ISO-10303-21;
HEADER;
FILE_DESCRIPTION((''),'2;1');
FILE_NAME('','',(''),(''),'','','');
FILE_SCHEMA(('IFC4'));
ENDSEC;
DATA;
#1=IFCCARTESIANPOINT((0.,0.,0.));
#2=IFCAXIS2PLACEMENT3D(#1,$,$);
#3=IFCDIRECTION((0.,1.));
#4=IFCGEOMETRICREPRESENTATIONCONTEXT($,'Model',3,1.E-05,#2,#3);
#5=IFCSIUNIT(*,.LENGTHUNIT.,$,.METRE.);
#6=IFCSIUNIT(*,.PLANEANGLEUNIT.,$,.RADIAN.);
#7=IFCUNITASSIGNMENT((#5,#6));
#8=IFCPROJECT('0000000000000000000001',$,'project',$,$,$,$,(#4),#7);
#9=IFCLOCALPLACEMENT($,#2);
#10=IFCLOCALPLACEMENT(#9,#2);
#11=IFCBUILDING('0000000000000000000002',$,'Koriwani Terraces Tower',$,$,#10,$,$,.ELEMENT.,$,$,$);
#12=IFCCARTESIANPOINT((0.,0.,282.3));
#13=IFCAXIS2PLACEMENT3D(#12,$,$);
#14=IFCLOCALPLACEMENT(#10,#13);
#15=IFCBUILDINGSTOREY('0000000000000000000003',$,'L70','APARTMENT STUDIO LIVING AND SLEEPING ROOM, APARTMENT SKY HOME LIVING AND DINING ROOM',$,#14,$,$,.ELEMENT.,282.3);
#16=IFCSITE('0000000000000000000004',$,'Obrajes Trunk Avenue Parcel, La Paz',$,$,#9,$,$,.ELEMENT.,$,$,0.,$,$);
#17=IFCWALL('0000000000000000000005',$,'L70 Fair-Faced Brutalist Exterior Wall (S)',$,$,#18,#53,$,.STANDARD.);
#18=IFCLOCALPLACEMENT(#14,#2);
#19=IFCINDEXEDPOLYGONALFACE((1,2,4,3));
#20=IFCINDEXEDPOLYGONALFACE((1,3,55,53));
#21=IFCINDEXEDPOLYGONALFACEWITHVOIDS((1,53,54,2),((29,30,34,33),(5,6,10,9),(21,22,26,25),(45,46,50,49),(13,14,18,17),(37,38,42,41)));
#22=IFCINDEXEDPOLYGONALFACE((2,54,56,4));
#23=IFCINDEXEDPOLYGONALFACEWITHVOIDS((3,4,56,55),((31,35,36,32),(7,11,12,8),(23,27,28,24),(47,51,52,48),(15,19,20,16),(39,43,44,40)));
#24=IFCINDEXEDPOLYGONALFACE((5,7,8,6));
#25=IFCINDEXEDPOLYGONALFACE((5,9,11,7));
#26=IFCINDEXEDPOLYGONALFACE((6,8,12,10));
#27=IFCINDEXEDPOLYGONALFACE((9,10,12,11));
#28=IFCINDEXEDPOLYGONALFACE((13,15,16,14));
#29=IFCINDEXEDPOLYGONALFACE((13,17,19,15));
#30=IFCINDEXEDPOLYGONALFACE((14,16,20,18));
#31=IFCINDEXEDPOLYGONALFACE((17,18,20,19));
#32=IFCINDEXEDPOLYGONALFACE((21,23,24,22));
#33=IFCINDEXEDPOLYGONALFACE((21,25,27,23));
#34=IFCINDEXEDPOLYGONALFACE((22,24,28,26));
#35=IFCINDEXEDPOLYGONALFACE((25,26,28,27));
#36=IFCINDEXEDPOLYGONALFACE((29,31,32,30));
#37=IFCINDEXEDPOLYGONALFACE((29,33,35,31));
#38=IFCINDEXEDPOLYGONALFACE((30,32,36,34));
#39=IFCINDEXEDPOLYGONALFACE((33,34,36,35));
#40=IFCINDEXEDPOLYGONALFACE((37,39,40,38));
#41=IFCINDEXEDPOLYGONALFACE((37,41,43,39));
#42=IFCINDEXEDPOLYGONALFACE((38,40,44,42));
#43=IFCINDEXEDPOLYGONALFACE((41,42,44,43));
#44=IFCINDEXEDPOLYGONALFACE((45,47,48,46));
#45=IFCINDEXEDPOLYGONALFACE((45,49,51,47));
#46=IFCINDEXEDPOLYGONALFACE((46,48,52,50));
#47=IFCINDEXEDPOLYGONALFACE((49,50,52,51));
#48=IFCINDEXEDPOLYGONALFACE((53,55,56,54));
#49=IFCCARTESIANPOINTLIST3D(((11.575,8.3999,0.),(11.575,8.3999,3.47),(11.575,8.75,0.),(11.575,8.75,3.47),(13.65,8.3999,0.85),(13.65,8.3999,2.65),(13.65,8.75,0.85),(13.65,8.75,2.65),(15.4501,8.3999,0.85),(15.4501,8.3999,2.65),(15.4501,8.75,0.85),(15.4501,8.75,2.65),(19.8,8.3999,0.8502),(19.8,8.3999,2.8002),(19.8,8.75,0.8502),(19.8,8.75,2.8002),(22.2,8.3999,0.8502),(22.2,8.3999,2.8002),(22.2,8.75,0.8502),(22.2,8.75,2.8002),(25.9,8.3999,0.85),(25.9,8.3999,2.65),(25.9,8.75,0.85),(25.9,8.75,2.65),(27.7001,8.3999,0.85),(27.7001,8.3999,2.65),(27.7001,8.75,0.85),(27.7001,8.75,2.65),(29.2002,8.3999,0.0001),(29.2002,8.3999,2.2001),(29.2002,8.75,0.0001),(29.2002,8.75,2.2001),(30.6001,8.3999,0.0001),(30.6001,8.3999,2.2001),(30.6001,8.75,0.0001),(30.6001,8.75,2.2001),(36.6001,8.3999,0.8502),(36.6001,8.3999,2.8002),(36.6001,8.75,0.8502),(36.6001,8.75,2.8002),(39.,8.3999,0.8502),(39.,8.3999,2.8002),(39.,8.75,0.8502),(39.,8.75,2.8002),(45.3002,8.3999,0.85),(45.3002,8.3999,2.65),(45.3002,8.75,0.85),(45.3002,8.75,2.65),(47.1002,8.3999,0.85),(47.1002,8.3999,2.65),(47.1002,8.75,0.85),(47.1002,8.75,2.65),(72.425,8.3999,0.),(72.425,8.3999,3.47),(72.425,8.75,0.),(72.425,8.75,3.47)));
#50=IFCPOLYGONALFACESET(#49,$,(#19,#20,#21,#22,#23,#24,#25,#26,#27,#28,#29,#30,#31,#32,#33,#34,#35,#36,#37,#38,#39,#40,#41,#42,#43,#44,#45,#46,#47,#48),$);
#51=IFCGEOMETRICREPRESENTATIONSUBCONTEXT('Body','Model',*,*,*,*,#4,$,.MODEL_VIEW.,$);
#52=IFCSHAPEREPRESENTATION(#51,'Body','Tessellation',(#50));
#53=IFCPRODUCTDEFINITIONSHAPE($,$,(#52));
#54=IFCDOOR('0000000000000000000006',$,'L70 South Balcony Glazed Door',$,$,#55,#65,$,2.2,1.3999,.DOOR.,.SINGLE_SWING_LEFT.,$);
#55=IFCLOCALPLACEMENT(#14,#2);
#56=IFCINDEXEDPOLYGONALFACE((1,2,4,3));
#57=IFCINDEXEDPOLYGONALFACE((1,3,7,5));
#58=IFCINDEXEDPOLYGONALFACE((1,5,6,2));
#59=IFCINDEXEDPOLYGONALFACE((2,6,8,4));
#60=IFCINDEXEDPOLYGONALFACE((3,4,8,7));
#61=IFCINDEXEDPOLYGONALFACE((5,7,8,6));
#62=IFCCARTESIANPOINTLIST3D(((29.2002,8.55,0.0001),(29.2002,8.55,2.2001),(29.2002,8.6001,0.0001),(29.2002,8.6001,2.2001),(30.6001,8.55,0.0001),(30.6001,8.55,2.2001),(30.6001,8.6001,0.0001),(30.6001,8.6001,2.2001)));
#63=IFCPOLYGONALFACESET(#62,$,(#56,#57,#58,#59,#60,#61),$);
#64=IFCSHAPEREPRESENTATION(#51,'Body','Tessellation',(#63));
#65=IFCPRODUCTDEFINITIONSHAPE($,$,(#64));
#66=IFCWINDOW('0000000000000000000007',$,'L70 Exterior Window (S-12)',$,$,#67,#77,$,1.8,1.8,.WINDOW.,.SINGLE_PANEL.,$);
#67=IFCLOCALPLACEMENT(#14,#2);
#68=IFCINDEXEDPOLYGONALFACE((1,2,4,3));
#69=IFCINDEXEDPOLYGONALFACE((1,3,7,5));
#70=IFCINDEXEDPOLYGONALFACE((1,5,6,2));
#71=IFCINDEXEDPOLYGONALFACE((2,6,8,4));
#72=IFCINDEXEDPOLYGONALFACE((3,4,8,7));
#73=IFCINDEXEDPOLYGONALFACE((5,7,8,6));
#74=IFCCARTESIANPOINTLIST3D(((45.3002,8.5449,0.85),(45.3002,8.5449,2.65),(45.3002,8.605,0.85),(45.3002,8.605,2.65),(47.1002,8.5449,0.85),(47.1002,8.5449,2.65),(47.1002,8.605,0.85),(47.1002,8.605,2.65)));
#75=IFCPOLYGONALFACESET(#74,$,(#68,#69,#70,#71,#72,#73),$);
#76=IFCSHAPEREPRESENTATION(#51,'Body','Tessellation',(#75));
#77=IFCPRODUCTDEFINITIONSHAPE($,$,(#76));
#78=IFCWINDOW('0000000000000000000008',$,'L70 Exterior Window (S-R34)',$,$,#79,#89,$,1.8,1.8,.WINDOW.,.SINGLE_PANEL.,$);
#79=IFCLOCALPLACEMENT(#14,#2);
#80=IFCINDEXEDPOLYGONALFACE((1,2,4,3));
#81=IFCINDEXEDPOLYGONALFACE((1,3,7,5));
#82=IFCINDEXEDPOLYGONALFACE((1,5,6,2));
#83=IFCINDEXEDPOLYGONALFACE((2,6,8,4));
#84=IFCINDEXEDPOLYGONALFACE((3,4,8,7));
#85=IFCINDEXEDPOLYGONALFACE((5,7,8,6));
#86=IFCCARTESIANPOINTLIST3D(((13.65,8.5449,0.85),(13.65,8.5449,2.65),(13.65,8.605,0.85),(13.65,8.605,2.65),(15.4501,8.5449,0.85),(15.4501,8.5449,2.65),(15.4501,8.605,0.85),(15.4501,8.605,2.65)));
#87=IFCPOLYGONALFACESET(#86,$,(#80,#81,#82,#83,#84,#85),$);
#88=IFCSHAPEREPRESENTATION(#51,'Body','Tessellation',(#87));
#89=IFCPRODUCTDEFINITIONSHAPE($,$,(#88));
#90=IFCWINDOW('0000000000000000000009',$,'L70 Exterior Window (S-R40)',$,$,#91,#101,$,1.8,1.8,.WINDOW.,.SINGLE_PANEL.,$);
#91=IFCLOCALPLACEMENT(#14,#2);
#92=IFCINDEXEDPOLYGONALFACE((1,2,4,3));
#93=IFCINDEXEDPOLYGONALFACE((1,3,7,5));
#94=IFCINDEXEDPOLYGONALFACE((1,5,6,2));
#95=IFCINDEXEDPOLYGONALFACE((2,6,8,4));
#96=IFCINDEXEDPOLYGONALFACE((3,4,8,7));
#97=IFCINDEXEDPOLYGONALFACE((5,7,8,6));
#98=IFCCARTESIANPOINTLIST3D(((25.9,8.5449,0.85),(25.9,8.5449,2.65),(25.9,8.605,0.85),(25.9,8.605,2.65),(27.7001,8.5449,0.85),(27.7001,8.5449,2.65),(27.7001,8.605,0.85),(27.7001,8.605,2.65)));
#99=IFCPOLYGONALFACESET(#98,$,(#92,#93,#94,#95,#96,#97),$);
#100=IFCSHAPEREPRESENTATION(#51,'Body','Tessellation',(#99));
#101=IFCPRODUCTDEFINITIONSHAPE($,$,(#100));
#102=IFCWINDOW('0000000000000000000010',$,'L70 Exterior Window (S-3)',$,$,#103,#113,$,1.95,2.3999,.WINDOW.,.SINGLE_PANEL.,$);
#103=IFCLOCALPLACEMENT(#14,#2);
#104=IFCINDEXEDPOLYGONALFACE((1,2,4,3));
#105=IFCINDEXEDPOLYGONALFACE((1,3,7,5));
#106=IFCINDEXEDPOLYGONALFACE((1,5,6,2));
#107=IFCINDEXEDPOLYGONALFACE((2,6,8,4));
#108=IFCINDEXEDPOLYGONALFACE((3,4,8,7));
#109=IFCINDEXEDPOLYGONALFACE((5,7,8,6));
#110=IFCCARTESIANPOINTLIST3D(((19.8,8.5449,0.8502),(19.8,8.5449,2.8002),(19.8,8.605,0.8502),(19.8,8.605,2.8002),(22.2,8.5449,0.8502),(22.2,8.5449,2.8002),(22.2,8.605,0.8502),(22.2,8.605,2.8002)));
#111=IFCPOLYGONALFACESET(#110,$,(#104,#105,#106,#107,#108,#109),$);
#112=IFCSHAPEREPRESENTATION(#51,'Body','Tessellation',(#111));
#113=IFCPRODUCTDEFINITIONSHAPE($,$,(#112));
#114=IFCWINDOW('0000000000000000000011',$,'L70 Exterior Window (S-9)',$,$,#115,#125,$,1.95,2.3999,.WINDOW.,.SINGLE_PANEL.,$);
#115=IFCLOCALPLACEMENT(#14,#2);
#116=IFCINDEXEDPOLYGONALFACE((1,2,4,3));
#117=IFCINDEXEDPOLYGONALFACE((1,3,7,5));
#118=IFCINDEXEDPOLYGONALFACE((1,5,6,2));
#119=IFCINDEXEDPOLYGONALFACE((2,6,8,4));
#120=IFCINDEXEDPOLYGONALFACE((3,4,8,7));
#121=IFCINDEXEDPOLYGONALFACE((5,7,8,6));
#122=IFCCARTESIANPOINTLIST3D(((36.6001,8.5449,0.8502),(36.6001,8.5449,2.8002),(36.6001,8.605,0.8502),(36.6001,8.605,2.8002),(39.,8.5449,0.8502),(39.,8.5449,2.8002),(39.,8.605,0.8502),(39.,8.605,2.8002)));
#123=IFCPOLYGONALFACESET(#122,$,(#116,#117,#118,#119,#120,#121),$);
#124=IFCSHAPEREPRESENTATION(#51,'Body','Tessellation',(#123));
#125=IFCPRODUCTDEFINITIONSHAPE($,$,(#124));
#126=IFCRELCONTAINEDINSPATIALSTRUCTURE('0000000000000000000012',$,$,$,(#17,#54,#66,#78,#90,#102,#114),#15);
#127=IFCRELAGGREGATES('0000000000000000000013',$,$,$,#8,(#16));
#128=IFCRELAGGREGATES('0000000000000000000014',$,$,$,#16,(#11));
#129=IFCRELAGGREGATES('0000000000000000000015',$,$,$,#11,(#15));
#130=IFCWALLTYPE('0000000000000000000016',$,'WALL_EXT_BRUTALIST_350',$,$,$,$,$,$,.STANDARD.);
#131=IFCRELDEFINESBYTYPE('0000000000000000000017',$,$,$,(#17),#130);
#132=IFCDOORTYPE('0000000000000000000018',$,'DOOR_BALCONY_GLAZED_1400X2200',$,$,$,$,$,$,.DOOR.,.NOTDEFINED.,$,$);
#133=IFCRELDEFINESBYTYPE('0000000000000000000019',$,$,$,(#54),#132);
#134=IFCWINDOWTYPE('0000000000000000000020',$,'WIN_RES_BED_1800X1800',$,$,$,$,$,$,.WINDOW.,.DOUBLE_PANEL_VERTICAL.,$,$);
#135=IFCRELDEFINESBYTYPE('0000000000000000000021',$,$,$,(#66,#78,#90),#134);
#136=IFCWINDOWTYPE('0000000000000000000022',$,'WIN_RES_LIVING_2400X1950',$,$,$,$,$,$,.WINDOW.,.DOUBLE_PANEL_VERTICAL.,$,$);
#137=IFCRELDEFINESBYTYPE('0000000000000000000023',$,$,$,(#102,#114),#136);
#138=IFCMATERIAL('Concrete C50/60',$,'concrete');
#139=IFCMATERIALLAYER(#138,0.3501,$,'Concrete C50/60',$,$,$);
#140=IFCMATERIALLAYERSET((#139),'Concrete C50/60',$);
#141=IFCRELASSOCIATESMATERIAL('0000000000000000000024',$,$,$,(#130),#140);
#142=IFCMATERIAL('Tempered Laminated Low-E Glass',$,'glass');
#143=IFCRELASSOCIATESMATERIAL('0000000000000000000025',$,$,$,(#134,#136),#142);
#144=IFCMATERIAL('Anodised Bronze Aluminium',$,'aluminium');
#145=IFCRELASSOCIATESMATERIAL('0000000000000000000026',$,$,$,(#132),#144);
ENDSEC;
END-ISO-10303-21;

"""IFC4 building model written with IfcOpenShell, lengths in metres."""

from ifc_helpers import new_model, si_unit, direction, frame, frame_2d, origin, place, context, subcontext, project, spatial, rectangle, extrude, material, layer, layer_set, type_object, element, fill, save


model = new_model("IFC4")

# Units and contexts
model_context = context("Model", 3, precision=1e-05, world=origin(), true_north=direction((0.0, 1.0)))
body_context = subcontext(model_context, "Body", "Model", "MODEL_VIEW")
ifc_project = project(units=[si_unit("LENGTHUNIT", "METRE"), si_unit("PLANEANGLEUNIT", "RADIAN")], contexts=[model_context])

# Site, building, storey
site_placement = place(None, origin())
site = spatial("IfcSite", under=ifc_project, at=site_placement, Name="Obrajes Trunk Avenue Parcel, La Paz", CompositionType="ELEMENT", RefElevation=0.0)
building_placement = place(site_placement, origin())
building = spatial("IfcBuilding", under=site, at=building_placement, Name="Koriwani Terraces Tower", CompositionType="ELEMENT")
storey_placement = place(building_placement, frame((0.0, 0.0, 282.3)))
storey = spatial("IfcBuildingStorey", under=building, at=storey_placement, Name="L70", Description="APARTMENT STUDIO LIVING AND SLEEPING ROOM, APARTMENT SKY HOME LIVING AND DINING ROOM", CompositionType="ELEMENT", Elevation=282.3)

# Shared definitions
ifc_material_1 = material(Name="Concrete C50/60", Category="concrete")

# Shared definitions
ifc_layer_1 = layer(ifc_material_1, 0.3501, Name="Concrete C50/60")
ifc_layer_set_1 = layer_set([ifc_layer_1], Name="Concrete C50/60")
wall_type_1 = type_object("IfcWallType", Name="WALL_EXT_BRUTALIST_350", PredefinedType="STANDARD", material=ifc_layer_set_1)
ifc_material_2 = material(Name="Tempered Laminated Low-E Glass", Category="glass")
window_type_1 = type_object("IfcWindowType", Name="WIN_RES_BED_1800X1800", PartitioningType="DOUBLE_PANEL_VERTICAL", PredefinedType="WINDOW", material=ifc_material_2)

# Wall, openings, door, windows
wall_1_placement = place(storey_placement, frame((72.425, 8.575, 0.0), z_axis=(0.0, 0.0, 1.0), x_axis=(-1.0, 0.0, 0.0)))
wall_1 = element("IfcWall", 1, at=wall_1_placement, inside=storey, type_object=wall_type_1, Name="L70 Fair-Faced Brutalist Exterior Wall (S)", PredefinedType="STANDARD", context=body_context, shape_type="SweptSolid", body=[
    extrude(rectangle(XDim=60.8501, YDim=0.3501, at=frame_2d((30.425, 0.0))), origin(), (0.0, 0.0, 1.0), 3.47),
])
opening_1_placement = place(wall_1_placement, frame((41.825, 0.0, 0.0)))
opening_1 = element("IfcOpeningElement", 2, at=opening_1_placement, cuts=wall_1, PredefinedType="OPENING", context=body_context, shape_type="SweptSolid", body=[
    extrude(rectangle(XDim=1.3999, YDim=2.2, at=frame_2d((0.7, 1.1001))), frame((0.0, 0.1851, 0.0), z_axis=(0.0, -1.0, 0.0), x_axis=(1.0, 0.0, 0.0)), (0.0, 0.0, 1.0), 0.3701),
])
opening_2_placement = place(wall_1_placement, frame((50.2251, 0.0, 0.8501)))
opening_2 = element("IfcOpeningElement", 3, at=opening_2_placement, cuts=wall_1, PredefinedType="OPENING", context=body_context, shape_type="SweptSolid", body=[
    extrude(rectangle(XDim=2.3999, YDim=1.95, at=frame_2d((1.2, 0.9751))), frame((0.0, 0.1851, 0.0), z_axis=(0.0, -1.0, 0.0), x_axis=(1.0, 0.0, 0.0)), (0.0, 0.0, 1.0), 0.3701),
])
opening_3_placement = place(wall_1_placement, frame((33.425, 0.0, 0.8501)))
opening_3 = element("IfcOpeningElement", 4, at=opening_3_placement, cuts=wall_1, PredefinedType="OPENING", context=body_context, shape_type="SweptSolid", body=[
    extrude(rectangle(XDim=2.3999, YDim=1.95, at=frame_2d((1.2, 0.9751))), frame((0.0, 0.1851, 0.0), z_axis=(0.0, -1.0, 0.0), x_axis=(1.0, 0.0, 0.0)), (0.0, 0.0, 1.0), 0.3701),
])
opening_4_placement = place(wall_1_placement, frame((25.325, 0.0, 0.8501)))
opening_4 = element("IfcOpeningElement", 5, at=opening_4_placement, cuts=wall_1, PredefinedType="OPENING", context=body_context, shape_type="SweptSolid", body=[
    extrude(rectangle(XDim=1.8, YDim=1.8, at=frame_2d((0.8999, 0.8999))), frame((0.0, 0.1851, 0.0), z_axis=(0.0, -1.0, 0.0), x_axis=(1.0, 0.0, 0.0)), (0.0, 0.0, 1.0), 0.3701),
])
opening_5_placement = place(wall_1_placement, frame((56.9751, 0.0, 0.8501)))
opening_5 = element("IfcOpeningElement", 6, at=opening_5_placement, cuts=wall_1, PredefinedType="OPENING", context=body_context, shape_type="SweptSolid", body=[
    extrude(rectangle(XDim=1.8, YDim=1.8, at=frame_2d((0.8999, 0.8999))), frame((0.0, 0.1851, 0.0), z_axis=(0.0, -1.0, 0.0), x_axis=(1.0, 0.0, 0.0)), (0.0, 0.0, 1.0), 0.3701),
])
opening_6_placement = place(wall_1_placement, frame((44.7251, 0.0, 0.8501)))
opening_6 = element("IfcOpeningElement", 7, at=opening_6_placement, cuts=wall_1, PredefinedType="OPENING", context=body_context, shape_type="SweptSolid", body=[
    extrude(rectangle(XDim=1.8, YDim=1.8, at=frame_2d((0.8999, 0.8999))), frame((0.0, 0.1851, 0.0), z_axis=(0.0, -1.0, 0.0), x_axis=(1.0, 0.0, 0.0)), (0.0, 0.0, 1.0), 0.3701),
])
ifc_material_3 = material(Name="Anodised Bronze Aluminium", Category="aluminium")
door_type_1 = type_object("IfcDoorType", Name="DOOR_BALCONY_GLAZED_1400X2200", OperationType="NOTDEFINED", PredefinedType="DOOR", material=ifc_material_3)
door_1_placement = place(opening_1_placement, origin())
door_1 = element("IfcDoor", 8, at=door_1_placement, inside=storey, type_object=door_type_1, Name="L70 South Balcony Glazed Door", OperationType="SINGLE_SWING_LEFT", OverallHeight=2.2, OverallWidth=1.3999, PredefinedType="DOOR", context=body_context, shape_type="SweptSolid", body=[
    extrude(rectangle(XDim=1.3999, YDim=2.2, at=frame_2d((0.7, 1.1001))), frame((0.0, 0.0249, 0.0), z_axis=(0.0, -1.0, 0.0), x_axis=(1.0, 0.0, 0.0)), (0.0, 0.0, 1.0), 0.05),
])
fill(opening_1, door_1)
window_1_placement = place(opening_4_placement, origin())
window_1 = element("IfcWindow", 9, at=window_1_placement, inside=storey, type_object=window_type_1, Name="L70 Exterior Window (S-12)", OverallHeight=1.8, OverallWidth=1.8, PartitioningType="SINGLE_PANEL", PredefinedType="WINDOW", context=body_context, shape_type="SweptSolid", body=[
    extrude(rectangle(XDim=1.8, YDim=1.8, at=frame_2d((0.8999, 0.8999))), frame((0.0, 0.03, 0.0), z_axis=(0.0, -1.0, 0.0), x_axis=(1.0, 0.0, 0.0)), (0.0, 0.0, 1.0), 0.0601),
])
fill(opening_4, window_1)
window_2_placement = place(opening_5_placement, origin())
window_2 = element("IfcWindow", 10, at=window_2_placement, inside=storey, type_object=window_type_1, Name="L70 Exterior Window (S-R34)", OverallHeight=1.8, OverallWidth=1.8, PartitioningType="SINGLE_PANEL", PredefinedType="WINDOW", context=body_context, shape_type="SweptSolid", body=[
    extrude(rectangle(XDim=1.8, YDim=1.8, at=frame_2d((0.8999, 0.8999))), frame((0.0, 0.03, 0.0), z_axis=(0.0, -1.0, 0.0), x_axis=(1.0, 0.0, 0.0)), (0.0, 0.0, 1.0), 0.0601),
])
fill(opening_5, window_2)
window_3_placement = place(opening_6_placement, origin())
window_3 = element("IfcWindow", 11, at=window_3_placement, inside=storey, type_object=window_type_1, Name="L70 Exterior Window (S-R40)", OverallHeight=1.8, OverallWidth=1.8, PartitioningType="SINGLE_PANEL", PredefinedType="WINDOW", context=body_context, shape_type="SweptSolid", body=[
    extrude(rectangle(XDim=1.8, YDim=1.8, at=frame_2d((0.8999, 0.8999))), frame((0.0, 0.03, 0.0), z_axis=(0.0, -1.0, 0.0), x_axis=(1.0, 0.0, 0.0)), (0.0, 0.0, 1.0), 0.0601),
])
fill(opening_6, window_3)
window_type_2 = type_object("IfcWindowType", Name="WIN_RES_LIVING_2400X1950", PartitioningType="DOUBLE_PANEL_VERTICAL", PredefinedType="WINDOW", material=ifc_material_2)
window_4_placement = place(opening_2_placement, origin())
window_4 = element("IfcWindow", 12, at=window_4_placement, inside=storey, type_object=window_type_2, Name="L70 Exterior Window (S-3)", OverallHeight=1.95, OverallWidth=2.3999, PartitioningType="SINGLE_PANEL", PredefinedType="WINDOW", context=body_context, shape_type="SweptSolid", body=[
    extrude(rectangle(XDim=2.3999, YDim=1.95, at=frame_2d((1.2, 0.9751))), frame((0.0, 0.03, 0.0), z_axis=(0.0, -1.0, 0.0), x_axis=(1.0, 0.0, 0.0)), (0.0, 0.0, 1.0), 0.0601),
])
fill(opening_2, window_4)
window_5_placement = place(opening_3_placement, origin())
window_5 = element("IfcWindow", 13, at=window_5_placement, inside=storey, type_object=window_type_2, Name="L70 Exterior Window (S-9)", OverallHeight=1.95, OverallWidth=2.3999, PartitioningType="SINGLE_PANEL", PredefinedType="WINDOW", context=body_context, shape_type="SweptSolid", body=[
    extrude(rectangle(XDim=2.3999, YDim=1.95, at=frame_2d((1.2, 0.9751))), frame((0.0, 0.03, 0.0), z_axis=(0.0, -1.0, 0.0), x_axis=(1.0, 0.0, 0.0)), (0.0, 0.0, 1.0), 0.0601),
])
fill(opening_3, window_5)

save(model, "model.ifc")
